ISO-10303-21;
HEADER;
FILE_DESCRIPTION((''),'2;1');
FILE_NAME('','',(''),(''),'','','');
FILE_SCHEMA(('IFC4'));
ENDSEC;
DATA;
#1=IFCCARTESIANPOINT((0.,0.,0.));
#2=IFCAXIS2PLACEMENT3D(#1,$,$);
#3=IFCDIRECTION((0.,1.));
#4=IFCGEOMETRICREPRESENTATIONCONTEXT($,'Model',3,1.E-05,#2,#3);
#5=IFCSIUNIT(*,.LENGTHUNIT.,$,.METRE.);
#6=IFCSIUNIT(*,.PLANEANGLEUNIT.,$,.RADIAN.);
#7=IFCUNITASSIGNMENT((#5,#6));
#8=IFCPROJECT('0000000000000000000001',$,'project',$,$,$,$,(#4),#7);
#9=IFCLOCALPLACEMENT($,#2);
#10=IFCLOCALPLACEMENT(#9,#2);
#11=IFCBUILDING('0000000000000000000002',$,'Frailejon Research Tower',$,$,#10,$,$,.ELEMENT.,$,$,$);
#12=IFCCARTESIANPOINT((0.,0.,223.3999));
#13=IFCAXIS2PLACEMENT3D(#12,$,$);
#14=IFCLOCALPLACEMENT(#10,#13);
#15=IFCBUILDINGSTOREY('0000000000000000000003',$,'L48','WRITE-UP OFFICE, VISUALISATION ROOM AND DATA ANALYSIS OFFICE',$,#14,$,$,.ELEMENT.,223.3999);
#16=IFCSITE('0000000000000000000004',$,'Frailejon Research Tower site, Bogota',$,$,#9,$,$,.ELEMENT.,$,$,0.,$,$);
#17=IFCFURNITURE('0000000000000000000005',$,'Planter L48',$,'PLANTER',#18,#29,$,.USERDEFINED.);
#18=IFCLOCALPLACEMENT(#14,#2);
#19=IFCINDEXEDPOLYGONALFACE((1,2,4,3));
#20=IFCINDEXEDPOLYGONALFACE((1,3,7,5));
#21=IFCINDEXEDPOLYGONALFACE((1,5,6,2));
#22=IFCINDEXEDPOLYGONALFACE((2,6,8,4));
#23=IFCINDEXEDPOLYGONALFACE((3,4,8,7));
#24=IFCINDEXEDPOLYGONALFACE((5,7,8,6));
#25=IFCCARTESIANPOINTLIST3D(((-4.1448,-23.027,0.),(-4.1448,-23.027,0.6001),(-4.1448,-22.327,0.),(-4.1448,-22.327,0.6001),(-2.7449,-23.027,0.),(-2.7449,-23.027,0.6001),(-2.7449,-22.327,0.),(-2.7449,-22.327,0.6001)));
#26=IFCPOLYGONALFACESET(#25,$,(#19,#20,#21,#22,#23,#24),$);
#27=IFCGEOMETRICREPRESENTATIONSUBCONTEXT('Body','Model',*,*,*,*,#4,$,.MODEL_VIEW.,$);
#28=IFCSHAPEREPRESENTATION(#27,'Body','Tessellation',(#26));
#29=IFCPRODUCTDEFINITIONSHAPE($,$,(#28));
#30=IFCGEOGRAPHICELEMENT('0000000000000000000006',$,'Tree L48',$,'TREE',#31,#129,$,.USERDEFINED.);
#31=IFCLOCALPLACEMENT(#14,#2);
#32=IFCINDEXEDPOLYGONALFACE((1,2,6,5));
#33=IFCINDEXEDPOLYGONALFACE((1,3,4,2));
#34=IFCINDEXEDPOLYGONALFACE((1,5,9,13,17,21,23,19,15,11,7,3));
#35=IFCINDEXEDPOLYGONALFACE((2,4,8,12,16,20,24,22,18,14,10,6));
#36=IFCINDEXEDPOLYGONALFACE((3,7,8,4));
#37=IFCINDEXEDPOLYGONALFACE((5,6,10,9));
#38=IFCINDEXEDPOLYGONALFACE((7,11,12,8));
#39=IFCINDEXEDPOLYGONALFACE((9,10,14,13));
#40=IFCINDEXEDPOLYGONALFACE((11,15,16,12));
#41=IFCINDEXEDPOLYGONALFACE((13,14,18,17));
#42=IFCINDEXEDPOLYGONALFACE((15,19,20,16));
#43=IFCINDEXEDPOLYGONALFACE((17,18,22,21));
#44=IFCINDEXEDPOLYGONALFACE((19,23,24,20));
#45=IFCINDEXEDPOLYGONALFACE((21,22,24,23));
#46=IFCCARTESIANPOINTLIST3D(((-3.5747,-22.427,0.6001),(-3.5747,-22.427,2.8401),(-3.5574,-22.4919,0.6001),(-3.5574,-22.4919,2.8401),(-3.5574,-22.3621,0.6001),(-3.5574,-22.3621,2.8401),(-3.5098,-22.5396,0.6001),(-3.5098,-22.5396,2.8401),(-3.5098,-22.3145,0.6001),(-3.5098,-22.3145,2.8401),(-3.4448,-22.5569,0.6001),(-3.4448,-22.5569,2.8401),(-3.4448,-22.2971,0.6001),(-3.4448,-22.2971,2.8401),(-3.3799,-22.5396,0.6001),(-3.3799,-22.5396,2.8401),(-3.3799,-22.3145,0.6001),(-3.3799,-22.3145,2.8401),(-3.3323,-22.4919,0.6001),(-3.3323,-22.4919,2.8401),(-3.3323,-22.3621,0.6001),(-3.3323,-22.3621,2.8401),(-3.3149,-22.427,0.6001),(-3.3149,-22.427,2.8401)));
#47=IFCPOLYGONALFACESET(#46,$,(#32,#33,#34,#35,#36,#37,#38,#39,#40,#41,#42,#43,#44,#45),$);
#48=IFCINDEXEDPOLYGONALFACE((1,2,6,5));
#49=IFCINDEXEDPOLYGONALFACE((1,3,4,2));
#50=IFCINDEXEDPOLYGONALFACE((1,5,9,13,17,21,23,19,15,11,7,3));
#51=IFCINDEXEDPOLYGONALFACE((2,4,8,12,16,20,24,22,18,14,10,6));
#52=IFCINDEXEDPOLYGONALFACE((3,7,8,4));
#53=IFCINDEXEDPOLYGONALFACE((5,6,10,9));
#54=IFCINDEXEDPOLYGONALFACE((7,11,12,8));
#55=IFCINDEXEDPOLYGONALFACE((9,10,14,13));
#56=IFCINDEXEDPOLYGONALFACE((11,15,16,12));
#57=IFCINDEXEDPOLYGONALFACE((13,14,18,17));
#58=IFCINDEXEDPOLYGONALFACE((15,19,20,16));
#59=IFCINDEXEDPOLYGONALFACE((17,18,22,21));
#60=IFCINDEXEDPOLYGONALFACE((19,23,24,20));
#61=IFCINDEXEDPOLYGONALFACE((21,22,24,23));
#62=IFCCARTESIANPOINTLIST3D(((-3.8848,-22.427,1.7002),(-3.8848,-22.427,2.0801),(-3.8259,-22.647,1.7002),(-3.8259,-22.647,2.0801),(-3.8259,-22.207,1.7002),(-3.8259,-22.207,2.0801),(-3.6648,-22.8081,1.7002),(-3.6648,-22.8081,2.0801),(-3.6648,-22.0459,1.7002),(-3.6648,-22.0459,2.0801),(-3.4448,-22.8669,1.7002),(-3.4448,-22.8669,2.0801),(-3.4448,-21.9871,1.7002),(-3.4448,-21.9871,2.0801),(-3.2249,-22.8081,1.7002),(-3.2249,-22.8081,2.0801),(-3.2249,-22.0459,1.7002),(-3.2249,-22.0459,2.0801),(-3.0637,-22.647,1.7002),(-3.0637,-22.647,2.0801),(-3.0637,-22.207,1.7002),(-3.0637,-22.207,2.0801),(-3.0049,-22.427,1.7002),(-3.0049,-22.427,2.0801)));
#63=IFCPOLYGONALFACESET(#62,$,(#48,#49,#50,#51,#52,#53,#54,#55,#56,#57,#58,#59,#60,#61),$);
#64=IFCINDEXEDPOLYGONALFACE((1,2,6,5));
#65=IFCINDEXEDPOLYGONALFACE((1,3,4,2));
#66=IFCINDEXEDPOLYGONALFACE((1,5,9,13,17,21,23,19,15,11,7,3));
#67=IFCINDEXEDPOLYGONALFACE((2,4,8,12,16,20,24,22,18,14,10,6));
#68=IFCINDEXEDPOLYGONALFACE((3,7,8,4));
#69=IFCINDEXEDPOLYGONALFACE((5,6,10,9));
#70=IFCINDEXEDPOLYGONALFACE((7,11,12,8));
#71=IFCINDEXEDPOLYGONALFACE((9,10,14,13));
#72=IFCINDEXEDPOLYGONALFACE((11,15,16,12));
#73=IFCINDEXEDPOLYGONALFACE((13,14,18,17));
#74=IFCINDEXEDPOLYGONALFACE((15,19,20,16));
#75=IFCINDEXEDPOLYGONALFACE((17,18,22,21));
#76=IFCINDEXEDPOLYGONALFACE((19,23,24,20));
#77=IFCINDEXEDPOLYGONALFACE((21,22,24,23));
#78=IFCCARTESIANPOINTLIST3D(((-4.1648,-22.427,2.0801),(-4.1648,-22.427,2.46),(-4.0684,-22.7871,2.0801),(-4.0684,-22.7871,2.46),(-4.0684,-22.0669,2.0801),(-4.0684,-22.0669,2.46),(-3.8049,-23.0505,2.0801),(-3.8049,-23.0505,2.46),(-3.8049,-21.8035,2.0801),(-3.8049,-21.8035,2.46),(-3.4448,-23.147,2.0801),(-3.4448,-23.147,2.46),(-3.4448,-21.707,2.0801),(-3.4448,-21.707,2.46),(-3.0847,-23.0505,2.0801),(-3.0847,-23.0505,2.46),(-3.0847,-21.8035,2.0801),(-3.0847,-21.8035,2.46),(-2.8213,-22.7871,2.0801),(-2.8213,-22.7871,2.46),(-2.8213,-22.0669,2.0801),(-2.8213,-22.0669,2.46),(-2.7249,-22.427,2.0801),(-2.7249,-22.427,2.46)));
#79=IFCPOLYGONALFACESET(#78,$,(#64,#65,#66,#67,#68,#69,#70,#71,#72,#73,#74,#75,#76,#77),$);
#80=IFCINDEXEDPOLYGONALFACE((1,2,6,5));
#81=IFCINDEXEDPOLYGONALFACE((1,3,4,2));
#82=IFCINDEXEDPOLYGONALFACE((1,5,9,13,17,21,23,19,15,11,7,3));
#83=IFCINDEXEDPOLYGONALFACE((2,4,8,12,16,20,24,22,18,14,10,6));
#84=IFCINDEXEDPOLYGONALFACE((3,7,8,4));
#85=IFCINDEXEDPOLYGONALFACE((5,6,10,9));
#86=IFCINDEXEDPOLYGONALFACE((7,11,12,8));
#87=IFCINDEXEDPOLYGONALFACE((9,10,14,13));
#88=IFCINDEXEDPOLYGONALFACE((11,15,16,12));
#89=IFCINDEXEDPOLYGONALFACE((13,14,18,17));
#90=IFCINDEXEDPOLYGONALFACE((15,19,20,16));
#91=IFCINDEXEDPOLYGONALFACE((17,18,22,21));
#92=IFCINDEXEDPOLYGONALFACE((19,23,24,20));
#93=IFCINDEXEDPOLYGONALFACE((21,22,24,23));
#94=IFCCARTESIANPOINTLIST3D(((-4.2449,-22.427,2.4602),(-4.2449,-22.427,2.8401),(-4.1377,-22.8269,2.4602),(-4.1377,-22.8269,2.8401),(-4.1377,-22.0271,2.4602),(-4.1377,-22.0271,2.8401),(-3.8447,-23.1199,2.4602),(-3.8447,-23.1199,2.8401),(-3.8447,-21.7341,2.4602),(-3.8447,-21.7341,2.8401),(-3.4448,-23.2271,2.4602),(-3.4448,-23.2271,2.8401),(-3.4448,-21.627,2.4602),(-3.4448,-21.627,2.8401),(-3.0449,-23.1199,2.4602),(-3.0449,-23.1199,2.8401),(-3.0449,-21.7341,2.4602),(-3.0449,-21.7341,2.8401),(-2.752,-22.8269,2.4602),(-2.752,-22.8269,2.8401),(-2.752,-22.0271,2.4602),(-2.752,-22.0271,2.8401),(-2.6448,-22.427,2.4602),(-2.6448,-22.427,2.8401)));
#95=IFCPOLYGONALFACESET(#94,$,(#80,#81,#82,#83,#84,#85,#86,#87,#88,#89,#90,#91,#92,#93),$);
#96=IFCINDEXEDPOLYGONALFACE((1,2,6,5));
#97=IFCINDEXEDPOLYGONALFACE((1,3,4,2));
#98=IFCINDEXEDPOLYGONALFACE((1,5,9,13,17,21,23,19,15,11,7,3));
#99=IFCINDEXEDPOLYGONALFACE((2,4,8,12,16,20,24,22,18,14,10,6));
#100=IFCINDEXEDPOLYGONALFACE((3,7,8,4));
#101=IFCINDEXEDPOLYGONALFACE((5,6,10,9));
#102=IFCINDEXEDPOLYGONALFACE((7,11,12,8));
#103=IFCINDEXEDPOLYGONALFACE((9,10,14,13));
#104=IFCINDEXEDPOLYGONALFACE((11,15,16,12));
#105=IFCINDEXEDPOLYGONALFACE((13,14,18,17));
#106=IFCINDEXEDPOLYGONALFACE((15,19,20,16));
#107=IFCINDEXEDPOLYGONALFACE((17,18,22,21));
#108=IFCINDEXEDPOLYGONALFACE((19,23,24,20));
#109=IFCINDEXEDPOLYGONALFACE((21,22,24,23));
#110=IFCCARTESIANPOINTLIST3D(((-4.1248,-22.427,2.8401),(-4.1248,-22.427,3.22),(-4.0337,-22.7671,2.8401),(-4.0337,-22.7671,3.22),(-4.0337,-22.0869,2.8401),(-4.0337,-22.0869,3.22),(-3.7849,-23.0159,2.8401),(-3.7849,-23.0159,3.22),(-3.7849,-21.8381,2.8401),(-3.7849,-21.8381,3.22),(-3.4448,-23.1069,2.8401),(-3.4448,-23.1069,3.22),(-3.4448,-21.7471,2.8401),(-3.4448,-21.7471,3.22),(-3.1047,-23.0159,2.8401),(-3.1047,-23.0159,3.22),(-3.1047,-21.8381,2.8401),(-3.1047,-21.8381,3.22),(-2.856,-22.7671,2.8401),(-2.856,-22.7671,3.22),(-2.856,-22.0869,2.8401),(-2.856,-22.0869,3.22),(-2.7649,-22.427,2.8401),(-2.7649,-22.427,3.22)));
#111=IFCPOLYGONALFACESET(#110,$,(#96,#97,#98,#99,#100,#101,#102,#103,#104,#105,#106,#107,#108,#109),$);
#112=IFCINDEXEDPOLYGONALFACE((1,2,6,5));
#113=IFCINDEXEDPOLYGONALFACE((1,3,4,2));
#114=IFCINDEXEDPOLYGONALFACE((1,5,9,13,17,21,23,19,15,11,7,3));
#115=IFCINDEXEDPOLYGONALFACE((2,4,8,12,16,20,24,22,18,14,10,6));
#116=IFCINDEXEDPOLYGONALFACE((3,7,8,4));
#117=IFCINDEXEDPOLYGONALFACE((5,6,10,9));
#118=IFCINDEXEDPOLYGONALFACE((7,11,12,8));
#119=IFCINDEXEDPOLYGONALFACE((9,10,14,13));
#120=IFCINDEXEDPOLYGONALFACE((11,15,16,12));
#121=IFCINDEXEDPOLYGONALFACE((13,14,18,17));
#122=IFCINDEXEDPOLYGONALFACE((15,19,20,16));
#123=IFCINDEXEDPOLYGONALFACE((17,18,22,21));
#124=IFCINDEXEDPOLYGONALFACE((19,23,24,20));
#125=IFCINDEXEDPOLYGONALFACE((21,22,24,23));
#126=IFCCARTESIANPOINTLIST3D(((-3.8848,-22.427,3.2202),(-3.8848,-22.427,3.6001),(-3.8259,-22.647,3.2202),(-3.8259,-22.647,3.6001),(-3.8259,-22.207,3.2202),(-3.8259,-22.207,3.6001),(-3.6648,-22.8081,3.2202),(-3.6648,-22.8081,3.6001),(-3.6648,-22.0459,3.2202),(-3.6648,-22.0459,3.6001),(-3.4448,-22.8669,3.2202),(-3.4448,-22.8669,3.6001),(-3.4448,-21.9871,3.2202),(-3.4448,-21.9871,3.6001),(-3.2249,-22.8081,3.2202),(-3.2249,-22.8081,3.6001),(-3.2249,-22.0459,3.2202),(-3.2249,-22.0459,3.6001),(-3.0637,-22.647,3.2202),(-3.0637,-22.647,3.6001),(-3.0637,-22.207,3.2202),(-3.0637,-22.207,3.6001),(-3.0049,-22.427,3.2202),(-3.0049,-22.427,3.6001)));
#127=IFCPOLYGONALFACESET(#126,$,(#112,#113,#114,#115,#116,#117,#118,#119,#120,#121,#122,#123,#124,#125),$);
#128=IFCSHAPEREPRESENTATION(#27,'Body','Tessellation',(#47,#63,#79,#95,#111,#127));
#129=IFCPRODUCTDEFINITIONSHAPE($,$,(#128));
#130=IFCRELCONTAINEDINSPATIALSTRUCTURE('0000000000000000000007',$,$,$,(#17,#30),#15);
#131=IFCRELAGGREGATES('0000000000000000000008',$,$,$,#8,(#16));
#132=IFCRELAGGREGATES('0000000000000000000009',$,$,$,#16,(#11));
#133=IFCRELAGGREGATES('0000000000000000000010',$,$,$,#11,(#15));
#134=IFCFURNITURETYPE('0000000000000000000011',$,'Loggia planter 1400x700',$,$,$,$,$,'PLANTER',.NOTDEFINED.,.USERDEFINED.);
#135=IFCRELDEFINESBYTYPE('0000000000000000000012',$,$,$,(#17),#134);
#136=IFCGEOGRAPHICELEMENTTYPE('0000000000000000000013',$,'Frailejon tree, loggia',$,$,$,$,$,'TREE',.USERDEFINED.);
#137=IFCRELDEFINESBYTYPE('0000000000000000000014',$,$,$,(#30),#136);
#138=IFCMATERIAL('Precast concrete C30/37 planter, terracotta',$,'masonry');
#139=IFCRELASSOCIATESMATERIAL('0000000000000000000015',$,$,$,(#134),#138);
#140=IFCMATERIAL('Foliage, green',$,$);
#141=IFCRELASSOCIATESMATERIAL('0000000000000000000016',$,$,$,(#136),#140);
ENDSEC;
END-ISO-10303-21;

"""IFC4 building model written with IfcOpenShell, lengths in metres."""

from ifc_helpers import new_model, si_unit, direction, frame, origin, origin_2d, place, context, subcontext, project, spatial, polyline, rectangle, outline, extrude, material, type_object, element, save


model = new_model("IFC4")

# Units and contexts
model_context = context("Model", 3, precision=1e-05, world=origin(), true_north=direction((0.0, 1.0)))
body_context = subcontext(model_context, "Body", "Model", "MODEL_VIEW")
ifc_project = project(units=[si_unit("LENGTHUNIT", "METRE"), si_unit("PLANEANGLEUNIT", "RADIAN")], contexts=[model_context])

# Site, building, storey
site_placement = place(None, origin())
site = spatial("IfcSite", under=ifc_project, at=site_placement, Name="Frailejon Research Tower site, Bogota", CompositionType="ELEMENT", RefElevation=0.0)
building_placement = place(site_placement, origin())
building = spatial("IfcBuilding", under=site, at=building_placement, Name="Frailejon Research Tower", CompositionType="ELEMENT")
storey_placement = place(building_placement, frame((0.0, 0.0, 223.3999)))
storey = spatial("IfcBuildingStorey", under=building, at=storey_placement, Name="L48", Description="WRITE-UP OFFICE, VISUALISATION ROOM AND DATA ANALYSIS OFFICE", CompositionType="ELEMENT", Elevation=223.3999)

# Furniture
ifc_material_1 = material(Name="Precast concrete C30/37 planter, terracotta", Category="masonry")
furniture_type = type_object("IfcFurnitureType", Name="Loggia planter 1400x700", ElementType="PLANTER", AssemblyPlace="NOTDEFINED", PredefinedType="USERDEFINED", material=ifc_material_1)
furniture_placement = place(storey_placement, frame((-3.4448, -22.677, 0.0), z_axis=(0.0, 0.0, 1.0), x_axis=(1.0, 0.0, 0.0)))
element("IfcFurniture", 1, at=furniture_placement, inside=storey, type_object=furniture_type, Name="Planter L48", ObjectType="PLANTER", PredefinedType="USERDEFINED", context=body_context, shape_type="SweptSolid", body=[
    extrude(rectangle(XDim=1.3999, YDim=0.7, at=origin_2d()), origin(), (0.0, 0.0, 1.0), 0.6001),
])

# Geographic element
ifc_material_2 = material(Name="Foliage, green")
geographic_element_type = type_object("IfcGeographicElementType", Name="Frailejon tree, loggia", ElementType="TREE", PredefinedType="USERDEFINED", material=ifc_material_2)
geographic_element_placement = place(storey_placement, frame((-3.4448, -22.427, 0.6001)))
element("IfcGeographicElement", 2, at=geographic_element_placement, inside=storey, type_object=geographic_element_type, Name="Tree L48", ObjectType="TREE", PredefinedType="USERDEFINED", context=body_context, shape_type="SweptSolid", body=[
    extrude(outline(polyline([(0.1299, 0.0), (0.1125, 0.0649), (0.0649, 0.1125), (0.0, 0.1299), (-0.0649, 0.1125), (-0.1125, 0.0649), (-0.1299, 0.0), (-0.1125, -0.0649), (-0.0649, -0.1125), (0.0, -0.1299), (0.0649, -0.1125), (0.1125, -0.0649), (0.1299, 0.0)])), origin(), (0.0, 0.0, 1.0), 2.24),
    extrude(outline(polyline([(0.4399, 0.0), (0.3811, 0.22), (0.22, 0.3811), (0.0, 0.4399), (-0.22, 0.3811), (-0.3811, 0.22), (-0.4399, 0.0), (-0.3811, -0.22), (-0.22, -0.3811), (0.0, -0.4399), (0.22, -0.3811), (0.3811, -0.22), (0.4399, 0.0)])), frame((0.0, 0.0, 1.1001)), (0.0, 0.0, 1.0), 0.3799),
    extrude(outline(polyline([(0.72, 0.0), (0.6235, 0.3601), (0.3601, 0.6235), (0.0, 0.72), (-0.3601, 0.6235), (-0.6235, 0.3601), (-0.72, 0.0), (-0.6235, -0.3601), (-0.3601, -0.6235), (0.0, -0.72), (0.3601, -0.6235), (0.6235, -0.3601), (0.72, 0.0)])), frame((0.0, 0.0, 1.48)), (0.0, 0.0, 1.0), 0.3799),
    extrude(outline(polyline([(0.8, 0.0), (0.6929, 0.3999), (0.3999, 0.6929), (0.0, 0.8), (-0.3999, 0.6929), (-0.6929, 0.3999), (-0.8, 0.0), (-0.6929, -0.3999), (-0.3999, -0.6929), (0.0, -0.8), (0.3999, -0.6929), (0.6929, -0.3999), (0.8, 0.0)])), frame((0.0, 0.0, 1.8601)), (0.0, 0.0, 1.0), 0.3799),
    extrude(outline(polyline([(0.6799, 0.0), (0.5889, 0.3401), (0.3401, 0.5889), (0.0, 0.6799), (-0.3401, 0.5889), (-0.5889, 0.3401), (-0.6799, 0.0), (-0.5889, -0.3401), (-0.3401, -0.5889), (0.0, -0.6799), (0.3401, -0.5889), (0.5889, -0.3401), (0.6799, 0.0)])), frame((0.0, 0.0, 2.24)), (0.0, 0.0, 1.0), 0.3799),
    extrude(outline(polyline([(0.4399, 0.0), (0.3811, 0.22), (0.22, 0.3811), (0.0, 0.4399), (-0.22, 0.3811), (-0.3811, 0.22), (-0.4399, 0.0), (-0.3811, -0.22), (-0.22, -0.3811), (0.0, -0.4399), (0.22, -0.3811), (0.3811, -0.22), (0.4399, 0.0)])), frame((0.0, 0.0, 2.6201)), (0.0, 0.0, 1.0), 0.3799),
])

save(model, "model.ifc")
